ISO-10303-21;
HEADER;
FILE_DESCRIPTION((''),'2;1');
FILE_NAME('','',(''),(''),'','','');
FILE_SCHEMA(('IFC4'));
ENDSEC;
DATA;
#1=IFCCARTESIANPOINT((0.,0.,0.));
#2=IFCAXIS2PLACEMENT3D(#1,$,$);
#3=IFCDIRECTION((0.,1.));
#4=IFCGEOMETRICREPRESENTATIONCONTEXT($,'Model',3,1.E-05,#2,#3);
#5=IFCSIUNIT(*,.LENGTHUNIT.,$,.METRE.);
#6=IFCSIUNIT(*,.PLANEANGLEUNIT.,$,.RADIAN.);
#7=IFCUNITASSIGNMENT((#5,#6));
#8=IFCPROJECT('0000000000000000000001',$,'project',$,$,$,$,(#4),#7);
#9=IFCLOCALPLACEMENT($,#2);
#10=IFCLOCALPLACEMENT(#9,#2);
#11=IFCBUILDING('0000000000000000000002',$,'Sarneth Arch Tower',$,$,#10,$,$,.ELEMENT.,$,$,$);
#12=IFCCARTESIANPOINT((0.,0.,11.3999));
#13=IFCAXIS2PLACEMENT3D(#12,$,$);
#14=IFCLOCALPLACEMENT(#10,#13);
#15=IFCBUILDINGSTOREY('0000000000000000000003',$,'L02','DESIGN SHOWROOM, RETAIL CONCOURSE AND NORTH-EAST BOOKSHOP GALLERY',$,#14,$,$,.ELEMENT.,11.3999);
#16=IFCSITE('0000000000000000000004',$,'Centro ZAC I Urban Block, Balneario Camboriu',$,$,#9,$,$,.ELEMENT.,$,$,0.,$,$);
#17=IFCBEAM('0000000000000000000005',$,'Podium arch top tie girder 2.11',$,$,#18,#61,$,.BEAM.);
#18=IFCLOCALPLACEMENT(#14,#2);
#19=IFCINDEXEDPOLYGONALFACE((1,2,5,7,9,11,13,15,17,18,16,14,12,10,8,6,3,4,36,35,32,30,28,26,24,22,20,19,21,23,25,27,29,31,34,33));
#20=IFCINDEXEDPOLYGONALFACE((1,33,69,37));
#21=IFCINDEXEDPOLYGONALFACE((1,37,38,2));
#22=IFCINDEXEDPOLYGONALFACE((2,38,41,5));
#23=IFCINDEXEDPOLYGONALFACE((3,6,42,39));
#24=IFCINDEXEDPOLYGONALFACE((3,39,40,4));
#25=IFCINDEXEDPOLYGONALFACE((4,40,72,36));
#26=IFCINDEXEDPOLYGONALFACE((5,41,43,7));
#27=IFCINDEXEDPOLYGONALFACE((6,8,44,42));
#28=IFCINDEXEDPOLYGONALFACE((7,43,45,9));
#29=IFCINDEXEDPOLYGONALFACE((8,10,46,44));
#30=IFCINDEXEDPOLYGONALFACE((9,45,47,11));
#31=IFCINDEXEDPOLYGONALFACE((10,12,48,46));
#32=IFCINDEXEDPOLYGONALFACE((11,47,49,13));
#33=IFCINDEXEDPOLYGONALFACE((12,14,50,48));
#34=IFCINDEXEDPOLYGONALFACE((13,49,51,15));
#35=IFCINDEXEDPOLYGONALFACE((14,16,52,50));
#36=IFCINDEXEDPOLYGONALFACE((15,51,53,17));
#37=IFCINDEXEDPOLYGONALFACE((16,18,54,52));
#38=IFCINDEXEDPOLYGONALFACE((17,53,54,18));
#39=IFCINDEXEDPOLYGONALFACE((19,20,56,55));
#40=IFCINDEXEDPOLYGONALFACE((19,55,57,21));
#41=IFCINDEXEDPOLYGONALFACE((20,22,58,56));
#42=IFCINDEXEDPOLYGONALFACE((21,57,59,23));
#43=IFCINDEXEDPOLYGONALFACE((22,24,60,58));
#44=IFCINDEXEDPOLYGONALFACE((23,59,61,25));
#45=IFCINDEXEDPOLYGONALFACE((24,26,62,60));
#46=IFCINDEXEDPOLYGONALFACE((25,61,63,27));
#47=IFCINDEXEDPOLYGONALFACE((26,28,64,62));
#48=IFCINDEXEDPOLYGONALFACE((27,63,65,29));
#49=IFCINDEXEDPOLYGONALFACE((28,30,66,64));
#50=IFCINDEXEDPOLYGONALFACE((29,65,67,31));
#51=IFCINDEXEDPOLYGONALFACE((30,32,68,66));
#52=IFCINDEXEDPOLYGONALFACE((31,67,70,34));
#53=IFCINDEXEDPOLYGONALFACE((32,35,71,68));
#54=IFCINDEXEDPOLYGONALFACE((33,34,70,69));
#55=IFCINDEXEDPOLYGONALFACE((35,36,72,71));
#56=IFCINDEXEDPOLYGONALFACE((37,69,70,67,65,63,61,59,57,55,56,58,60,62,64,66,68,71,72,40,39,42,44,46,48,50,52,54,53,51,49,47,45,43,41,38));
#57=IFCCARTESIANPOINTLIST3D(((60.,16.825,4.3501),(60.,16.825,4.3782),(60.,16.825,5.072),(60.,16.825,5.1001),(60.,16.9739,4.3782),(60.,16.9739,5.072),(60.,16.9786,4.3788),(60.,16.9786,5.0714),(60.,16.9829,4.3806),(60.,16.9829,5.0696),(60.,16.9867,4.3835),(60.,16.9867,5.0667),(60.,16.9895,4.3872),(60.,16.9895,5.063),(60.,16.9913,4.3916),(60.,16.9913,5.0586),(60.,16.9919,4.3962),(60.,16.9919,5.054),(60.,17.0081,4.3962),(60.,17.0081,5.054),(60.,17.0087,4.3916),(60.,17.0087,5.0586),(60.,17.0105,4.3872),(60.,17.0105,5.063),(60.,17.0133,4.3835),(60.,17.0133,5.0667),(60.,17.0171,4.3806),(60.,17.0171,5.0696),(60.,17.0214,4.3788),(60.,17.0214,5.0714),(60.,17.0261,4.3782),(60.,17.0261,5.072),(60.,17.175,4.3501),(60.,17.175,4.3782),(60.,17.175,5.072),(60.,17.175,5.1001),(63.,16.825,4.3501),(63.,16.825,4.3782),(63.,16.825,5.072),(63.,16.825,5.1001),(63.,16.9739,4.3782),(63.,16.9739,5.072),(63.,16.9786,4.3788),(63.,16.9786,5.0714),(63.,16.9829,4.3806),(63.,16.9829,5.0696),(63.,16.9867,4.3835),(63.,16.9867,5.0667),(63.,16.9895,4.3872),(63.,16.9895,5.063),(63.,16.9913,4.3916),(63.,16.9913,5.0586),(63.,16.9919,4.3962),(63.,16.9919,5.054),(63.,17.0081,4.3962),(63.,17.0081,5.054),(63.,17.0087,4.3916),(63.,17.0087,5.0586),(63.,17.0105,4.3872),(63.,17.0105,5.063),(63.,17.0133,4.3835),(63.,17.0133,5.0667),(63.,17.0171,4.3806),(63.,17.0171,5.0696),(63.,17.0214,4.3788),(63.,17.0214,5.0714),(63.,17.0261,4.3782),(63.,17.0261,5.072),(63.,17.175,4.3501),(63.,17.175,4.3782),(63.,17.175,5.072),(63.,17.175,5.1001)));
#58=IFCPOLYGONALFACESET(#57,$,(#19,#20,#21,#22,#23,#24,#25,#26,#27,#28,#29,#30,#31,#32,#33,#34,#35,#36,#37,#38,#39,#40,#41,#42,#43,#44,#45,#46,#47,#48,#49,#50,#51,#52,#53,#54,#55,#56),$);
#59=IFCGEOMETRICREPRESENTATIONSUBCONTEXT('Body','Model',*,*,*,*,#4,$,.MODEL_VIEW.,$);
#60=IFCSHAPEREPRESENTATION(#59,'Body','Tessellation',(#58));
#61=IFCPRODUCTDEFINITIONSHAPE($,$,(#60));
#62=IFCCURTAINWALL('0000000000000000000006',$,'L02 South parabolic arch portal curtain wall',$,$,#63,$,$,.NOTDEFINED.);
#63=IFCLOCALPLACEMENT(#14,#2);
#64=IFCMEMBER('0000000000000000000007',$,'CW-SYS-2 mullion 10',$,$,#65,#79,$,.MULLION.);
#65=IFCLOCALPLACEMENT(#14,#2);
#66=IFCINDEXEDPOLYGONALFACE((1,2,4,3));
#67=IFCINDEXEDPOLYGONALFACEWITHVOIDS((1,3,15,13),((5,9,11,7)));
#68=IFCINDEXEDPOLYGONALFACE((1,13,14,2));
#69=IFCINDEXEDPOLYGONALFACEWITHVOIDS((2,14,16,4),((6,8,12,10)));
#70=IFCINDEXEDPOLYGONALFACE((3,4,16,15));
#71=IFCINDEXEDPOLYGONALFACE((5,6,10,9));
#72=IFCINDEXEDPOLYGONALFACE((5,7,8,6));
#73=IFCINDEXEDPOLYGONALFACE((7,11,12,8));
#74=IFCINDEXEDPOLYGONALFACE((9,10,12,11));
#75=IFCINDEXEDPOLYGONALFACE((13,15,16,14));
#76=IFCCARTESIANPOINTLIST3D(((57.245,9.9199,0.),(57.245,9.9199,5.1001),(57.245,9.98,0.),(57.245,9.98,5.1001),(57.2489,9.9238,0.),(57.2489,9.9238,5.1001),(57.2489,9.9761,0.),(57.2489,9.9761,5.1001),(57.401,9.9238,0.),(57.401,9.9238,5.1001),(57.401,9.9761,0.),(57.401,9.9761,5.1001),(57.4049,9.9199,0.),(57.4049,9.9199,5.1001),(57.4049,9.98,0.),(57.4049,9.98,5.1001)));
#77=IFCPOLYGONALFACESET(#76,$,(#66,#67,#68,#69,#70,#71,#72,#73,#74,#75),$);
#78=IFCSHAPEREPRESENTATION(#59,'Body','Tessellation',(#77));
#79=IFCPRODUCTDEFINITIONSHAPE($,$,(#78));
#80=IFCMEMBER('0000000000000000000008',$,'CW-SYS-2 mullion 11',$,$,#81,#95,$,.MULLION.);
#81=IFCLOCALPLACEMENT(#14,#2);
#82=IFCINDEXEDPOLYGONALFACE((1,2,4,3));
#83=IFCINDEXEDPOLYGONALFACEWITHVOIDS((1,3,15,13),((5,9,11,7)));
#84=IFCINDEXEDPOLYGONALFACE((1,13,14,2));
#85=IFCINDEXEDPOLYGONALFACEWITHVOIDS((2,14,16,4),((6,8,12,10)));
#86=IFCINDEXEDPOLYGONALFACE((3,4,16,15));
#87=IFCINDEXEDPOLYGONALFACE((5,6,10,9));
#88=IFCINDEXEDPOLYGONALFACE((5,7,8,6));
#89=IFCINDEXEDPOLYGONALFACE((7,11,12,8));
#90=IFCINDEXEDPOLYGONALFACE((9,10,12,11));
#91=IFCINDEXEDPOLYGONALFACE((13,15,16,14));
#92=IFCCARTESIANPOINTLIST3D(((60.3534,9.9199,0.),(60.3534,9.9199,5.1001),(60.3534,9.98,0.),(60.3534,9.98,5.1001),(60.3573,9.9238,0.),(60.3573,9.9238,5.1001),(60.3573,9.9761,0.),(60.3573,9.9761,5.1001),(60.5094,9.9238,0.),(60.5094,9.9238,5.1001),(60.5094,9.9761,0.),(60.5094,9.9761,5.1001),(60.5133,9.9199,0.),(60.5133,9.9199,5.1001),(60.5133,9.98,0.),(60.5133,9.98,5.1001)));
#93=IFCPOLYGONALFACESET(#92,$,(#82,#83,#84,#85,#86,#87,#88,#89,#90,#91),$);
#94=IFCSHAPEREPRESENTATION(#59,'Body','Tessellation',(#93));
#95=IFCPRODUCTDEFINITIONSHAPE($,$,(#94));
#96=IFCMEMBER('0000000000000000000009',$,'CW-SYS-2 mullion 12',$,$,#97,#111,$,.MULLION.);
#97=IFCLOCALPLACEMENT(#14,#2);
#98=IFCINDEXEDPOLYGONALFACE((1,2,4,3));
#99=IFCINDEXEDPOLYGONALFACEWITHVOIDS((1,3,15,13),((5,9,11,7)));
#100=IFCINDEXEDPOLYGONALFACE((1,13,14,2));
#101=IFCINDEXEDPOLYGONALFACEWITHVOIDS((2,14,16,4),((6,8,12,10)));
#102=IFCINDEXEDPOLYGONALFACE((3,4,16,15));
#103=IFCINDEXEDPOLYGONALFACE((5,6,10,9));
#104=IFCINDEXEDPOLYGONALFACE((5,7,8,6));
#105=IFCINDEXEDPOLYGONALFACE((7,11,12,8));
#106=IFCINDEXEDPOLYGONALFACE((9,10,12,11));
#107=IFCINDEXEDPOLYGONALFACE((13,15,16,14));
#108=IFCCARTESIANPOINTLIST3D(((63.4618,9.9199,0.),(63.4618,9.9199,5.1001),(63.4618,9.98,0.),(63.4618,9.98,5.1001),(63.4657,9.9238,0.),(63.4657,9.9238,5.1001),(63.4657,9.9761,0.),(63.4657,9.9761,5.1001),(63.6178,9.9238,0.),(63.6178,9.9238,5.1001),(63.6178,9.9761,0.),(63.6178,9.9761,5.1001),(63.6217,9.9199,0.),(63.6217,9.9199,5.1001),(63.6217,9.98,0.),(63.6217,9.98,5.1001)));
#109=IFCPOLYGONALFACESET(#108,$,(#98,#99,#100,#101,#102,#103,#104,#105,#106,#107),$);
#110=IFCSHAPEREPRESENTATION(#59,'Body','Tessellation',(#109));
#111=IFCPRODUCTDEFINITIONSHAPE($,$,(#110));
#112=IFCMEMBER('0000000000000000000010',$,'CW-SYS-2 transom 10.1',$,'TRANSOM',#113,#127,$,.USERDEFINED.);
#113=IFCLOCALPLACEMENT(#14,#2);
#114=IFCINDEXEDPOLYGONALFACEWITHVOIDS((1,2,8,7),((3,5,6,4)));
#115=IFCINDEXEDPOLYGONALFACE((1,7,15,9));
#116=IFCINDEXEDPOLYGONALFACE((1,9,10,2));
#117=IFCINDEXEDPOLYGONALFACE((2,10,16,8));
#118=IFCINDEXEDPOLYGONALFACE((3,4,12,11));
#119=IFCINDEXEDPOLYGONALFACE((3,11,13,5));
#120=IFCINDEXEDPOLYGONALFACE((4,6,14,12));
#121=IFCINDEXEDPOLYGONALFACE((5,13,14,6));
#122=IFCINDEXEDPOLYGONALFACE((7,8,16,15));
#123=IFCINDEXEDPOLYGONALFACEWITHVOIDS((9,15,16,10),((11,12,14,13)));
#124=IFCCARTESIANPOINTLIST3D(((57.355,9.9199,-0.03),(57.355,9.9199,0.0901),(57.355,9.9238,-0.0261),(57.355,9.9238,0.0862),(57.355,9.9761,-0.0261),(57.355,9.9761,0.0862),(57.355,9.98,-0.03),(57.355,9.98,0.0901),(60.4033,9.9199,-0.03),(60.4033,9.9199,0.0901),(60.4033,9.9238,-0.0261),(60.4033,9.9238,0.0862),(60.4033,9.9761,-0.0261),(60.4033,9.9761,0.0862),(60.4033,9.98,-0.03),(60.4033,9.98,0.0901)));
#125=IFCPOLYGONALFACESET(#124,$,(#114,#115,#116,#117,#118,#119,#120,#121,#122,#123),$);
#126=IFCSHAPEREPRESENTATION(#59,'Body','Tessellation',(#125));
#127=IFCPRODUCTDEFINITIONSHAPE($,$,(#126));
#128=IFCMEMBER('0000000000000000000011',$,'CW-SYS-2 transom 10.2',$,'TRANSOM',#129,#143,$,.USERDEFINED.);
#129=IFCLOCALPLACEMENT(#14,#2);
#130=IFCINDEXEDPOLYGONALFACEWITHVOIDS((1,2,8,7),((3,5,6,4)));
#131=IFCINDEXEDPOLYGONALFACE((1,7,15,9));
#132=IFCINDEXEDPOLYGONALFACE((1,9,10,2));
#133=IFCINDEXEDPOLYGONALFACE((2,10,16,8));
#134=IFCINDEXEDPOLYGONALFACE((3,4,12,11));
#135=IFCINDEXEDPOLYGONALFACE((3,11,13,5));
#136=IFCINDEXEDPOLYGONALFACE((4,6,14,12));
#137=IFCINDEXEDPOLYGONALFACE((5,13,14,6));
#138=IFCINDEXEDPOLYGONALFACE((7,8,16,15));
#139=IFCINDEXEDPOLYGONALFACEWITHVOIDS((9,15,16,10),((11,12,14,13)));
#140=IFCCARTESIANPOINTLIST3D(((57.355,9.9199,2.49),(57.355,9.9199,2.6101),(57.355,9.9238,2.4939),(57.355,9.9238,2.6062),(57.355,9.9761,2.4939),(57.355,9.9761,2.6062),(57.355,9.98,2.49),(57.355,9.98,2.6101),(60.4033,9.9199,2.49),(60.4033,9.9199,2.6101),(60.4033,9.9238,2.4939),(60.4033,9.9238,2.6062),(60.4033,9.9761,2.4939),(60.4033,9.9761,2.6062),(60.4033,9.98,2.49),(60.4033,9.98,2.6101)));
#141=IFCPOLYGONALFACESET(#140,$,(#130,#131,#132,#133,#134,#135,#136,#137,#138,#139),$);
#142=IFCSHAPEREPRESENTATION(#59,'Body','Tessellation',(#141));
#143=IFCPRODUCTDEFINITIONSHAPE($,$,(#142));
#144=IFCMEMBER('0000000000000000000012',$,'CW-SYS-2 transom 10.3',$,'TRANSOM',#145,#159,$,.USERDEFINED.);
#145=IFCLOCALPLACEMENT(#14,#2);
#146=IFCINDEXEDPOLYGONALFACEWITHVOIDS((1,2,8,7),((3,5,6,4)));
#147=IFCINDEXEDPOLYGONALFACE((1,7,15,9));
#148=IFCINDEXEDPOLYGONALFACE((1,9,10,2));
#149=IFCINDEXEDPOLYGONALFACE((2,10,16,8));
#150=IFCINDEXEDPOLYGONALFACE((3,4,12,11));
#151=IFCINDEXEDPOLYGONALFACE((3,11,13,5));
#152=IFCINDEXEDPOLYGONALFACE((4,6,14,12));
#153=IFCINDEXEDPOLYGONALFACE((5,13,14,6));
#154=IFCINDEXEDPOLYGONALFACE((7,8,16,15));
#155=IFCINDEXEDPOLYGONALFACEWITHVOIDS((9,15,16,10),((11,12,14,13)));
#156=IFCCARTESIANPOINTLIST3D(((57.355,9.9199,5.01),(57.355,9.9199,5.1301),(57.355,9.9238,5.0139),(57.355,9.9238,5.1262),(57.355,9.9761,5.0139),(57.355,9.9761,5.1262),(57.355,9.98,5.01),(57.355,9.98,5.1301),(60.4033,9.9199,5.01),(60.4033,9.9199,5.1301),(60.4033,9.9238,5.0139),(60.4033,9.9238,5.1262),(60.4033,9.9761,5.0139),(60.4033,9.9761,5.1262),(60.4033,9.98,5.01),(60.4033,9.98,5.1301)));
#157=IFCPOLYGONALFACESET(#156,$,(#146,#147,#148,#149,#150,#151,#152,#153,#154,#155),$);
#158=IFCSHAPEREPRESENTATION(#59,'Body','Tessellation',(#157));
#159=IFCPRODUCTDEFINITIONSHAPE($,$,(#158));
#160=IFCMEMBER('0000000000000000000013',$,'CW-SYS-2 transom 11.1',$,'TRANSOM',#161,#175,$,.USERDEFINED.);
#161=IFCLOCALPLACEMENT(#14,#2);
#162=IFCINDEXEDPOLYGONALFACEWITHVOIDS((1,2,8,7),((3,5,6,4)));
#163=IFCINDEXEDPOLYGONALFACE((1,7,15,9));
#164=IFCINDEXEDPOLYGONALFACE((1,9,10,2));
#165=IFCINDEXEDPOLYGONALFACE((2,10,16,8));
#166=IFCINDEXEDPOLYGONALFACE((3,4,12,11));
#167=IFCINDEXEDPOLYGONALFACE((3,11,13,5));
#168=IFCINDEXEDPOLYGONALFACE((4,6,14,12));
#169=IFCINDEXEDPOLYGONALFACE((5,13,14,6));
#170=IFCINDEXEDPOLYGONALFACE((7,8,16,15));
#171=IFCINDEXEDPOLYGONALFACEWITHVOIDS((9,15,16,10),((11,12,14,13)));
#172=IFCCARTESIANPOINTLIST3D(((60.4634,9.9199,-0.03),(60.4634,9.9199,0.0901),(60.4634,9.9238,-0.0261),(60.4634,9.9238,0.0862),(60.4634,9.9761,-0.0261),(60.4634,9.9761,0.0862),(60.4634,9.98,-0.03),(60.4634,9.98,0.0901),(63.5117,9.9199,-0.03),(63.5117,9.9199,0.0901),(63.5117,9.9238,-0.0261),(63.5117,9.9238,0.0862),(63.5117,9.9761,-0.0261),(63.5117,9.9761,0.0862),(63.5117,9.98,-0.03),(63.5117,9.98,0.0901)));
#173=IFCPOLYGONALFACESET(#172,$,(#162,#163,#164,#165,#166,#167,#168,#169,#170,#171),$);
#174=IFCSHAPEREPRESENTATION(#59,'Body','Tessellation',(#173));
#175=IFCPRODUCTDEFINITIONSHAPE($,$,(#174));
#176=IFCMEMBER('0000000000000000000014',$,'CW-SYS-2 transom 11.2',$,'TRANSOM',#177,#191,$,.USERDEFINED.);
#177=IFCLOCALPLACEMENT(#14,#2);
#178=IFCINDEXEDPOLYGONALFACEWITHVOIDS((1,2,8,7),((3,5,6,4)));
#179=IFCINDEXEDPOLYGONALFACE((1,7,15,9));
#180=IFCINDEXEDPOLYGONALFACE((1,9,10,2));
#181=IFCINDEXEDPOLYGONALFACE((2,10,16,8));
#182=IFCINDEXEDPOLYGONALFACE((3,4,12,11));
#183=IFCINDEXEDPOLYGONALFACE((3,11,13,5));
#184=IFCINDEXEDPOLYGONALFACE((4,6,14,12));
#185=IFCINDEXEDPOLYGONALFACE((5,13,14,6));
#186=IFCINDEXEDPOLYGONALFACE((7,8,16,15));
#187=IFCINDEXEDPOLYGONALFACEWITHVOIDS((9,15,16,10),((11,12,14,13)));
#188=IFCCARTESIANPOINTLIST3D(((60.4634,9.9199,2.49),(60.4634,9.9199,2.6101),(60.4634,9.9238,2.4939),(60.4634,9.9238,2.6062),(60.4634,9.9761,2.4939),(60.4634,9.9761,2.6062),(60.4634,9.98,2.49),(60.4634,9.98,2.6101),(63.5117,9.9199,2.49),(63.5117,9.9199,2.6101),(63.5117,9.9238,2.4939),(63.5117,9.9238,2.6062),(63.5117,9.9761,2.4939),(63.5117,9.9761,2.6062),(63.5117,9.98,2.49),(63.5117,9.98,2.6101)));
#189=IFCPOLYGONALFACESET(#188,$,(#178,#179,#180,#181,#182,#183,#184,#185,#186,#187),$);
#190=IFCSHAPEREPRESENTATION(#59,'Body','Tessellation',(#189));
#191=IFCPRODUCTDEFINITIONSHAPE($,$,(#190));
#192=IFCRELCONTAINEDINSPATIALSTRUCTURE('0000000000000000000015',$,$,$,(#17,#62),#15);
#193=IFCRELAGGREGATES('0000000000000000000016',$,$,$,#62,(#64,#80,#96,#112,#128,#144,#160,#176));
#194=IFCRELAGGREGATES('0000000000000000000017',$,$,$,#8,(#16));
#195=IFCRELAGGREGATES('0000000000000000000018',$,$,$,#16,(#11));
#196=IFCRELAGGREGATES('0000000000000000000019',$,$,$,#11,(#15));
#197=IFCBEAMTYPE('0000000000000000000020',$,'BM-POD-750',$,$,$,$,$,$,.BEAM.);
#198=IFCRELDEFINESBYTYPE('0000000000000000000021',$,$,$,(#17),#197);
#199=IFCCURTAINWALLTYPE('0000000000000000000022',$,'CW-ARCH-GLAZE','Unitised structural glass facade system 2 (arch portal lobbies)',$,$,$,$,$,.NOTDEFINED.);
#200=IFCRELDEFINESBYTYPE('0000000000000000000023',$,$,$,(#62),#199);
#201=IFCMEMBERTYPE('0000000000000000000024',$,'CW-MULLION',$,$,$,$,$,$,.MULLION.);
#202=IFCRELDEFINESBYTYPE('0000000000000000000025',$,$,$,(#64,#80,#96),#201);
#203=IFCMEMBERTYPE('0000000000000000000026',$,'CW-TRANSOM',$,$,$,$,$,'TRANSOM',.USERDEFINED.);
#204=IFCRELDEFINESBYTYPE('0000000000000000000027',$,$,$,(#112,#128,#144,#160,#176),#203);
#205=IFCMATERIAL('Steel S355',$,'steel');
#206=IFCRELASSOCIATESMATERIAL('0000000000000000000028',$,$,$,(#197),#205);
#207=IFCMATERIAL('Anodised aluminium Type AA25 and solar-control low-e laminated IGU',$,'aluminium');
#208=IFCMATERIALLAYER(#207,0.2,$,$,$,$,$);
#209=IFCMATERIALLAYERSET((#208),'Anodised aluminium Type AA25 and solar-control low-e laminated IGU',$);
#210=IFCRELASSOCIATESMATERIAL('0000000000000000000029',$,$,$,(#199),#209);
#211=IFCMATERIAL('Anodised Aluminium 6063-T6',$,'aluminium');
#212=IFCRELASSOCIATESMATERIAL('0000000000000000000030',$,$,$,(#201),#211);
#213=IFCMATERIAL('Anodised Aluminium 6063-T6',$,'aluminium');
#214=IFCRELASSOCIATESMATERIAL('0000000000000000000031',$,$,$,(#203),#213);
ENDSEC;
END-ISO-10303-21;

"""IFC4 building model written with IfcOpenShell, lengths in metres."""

from ifc_helpers import new_model, si_unit, direction, frame, origin, origin_2d, place, context, subcontext, project, spatial, hollow_rectangle, i_section, extrude, material, layer, layer_set, material_profile, profile_set, type_object, element, aggregate, save


model = new_model("IFC4")

# Units and contexts
model_context = context("Model", 3, precision=1e-05, world=origin(), true_north=direction((0.0, 1.0)))
body_context = subcontext(model_context, "Body", "Model", "MODEL_VIEW")
ifc_project = project(units=[si_unit("LENGTHUNIT", "METRE"), si_unit("PLANEANGLEUNIT", "RADIAN")], contexts=[model_context])

# Site, building, storey
site_placement = place(None, origin())
site = spatial("IfcSite", under=ifc_project, at=site_placement, Name="Centro ZAC I Urban Block, Balneario Camboriu", CompositionType="ELEMENT", RefElevation=0.0)
building_placement = place(site_placement, origin())
building = spatial("IfcBuilding", under=site, at=building_placement, Name="Sarneth Arch Tower", CompositionType="ELEMENT")
storey_placement = place(building_placement, frame((0.0, 0.0, 11.3999)))
storey = spatial("IfcBuildingStorey", under=building, at=storey_placement, Name="L02", Description="DESIGN SHOWROOM, RETAIL CONCOURSE AND NORTH-EAST BOOKSHOP GALLERY", CompositionType="ELEMENT", Elevation=11.3999)

# Beam
ifc_material_1 = material(Name="Steel S355", Category="steel")
ifc_material_profile_1 = material_profile(ifc_material_1, i_section(OverallWidth=0.3501, OverallDepth=0.75, WebThickness=0.0161, FlangeThickness=0.0281, FilletRadius=0.0181, at=origin_2d()), Name="CVS750x268")
ifc_profile_set_1 = profile_set([ifc_material_profile_1], Name="Steel S355")
beam_type = type_object("IfcBeamType", Name="BM-POD-750", PredefinedType="BEAM", material=ifc_profile_set_1)
beam_placement = place(storey_placement, frame((60.0, 17.0, 4.7251), z_axis=(1.0, 0.0, 0.0), x_axis=(0.0, 1.0, 0.0)))
element("IfcBeam", 1, at=beam_placement, inside=storey, type_object=beam_type, Name="Podium arch top tie girder 2.11", PredefinedType="BEAM", context=body_context, shape_type="SweptSolid", body=[
    extrude(i_section(OverallWidth=0.3501, OverallDepth=0.75, WebThickness=0.0161, FlangeThickness=0.0281, FilletRadius=0.0181, at=origin_2d()), origin(), (0.0, 0.0, 1.0), 3.0),
])

# Curtain wall, members
ifc_material_2 = material(Name="Anodised aluminium Type AA25 and solar-control low-e laminated IGU", Category="aluminium")
ifc_layer_1 = layer(ifc_material_2, 0.2)
ifc_layer_set_1 = layer_set([ifc_layer_1], Name="Anodised aluminium Type AA25 and solar-control low-e laminated IGU")
curtain_wall_type = type_object("IfcCurtainWallType", Name="CW-ARCH-GLAZE", Description="Unitised structural glass facade system 2 (arch portal lobbies)", PredefinedType="NOTDEFINED", material=ifc_layer_set_1)
curtain_wall_placement = place(storey_placement, origin())
curtain_wall = element("IfcCurtainWall", 2, at=curtain_wall_placement, inside=storey, type_object=curtain_wall_type, Name="L02 South parabolic arch portal curtain wall", PredefinedType="NOTDEFINED")
ifc_material_3 = material(Name="Anodised Aluminium 6063-T6", Category="aluminium")
ifc_material_profile_2 = material_profile(ifc_material_3, hollow_rectangle(XDim=0.0601, YDim=0.1599, WallThickness=0.0039, at=origin_2d()), Name="AL-MULL-160x60x4")
ifc_profile_set_2 = profile_set([ifc_material_profile_2], Name="Anodised Aluminium 6063-T6")
member_type_1 = type_object("IfcMemberType", Name="CW-MULLION", PredefinedType="MULLION", material=ifc_profile_set_2)
member_1_placement = place(storey_placement, frame((57.325, 9.95, 0.0), z_axis=(0.0, 0.0, 1.0), x_axis=(0.0, 1.0, 0.0)))
member_1 = element("IfcMember", 3, at=member_1_placement, type_object=member_type_1, Name="CW-SYS-2 mullion 10", PredefinedType="MULLION", context=body_context, shape_type="SweptSolid", body=[
    extrude(hollow_rectangle(XDim=0.0601, YDim=0.1599, WallThickness=0.0039, at=origin_2d()), origin(), (0.0, 0.0, 1.0), 5.1001),
])
member_2_placement = place(storey_placement, frame((60.4333, 9.95, 0.0), z_axis=(0.0, 0.0, 1.0), x_axis=(0.0, 1.0, 0.0)))
member_2 = element("IfcMember", 4, at=member_2_placement, type_object=member_type_1, Name="CW-SYS-2 mullion 11", PredefinedType="MULLION", context=body_context, shape_type="SweptSolid", body=[
    extrude(hollow_rectangle(XDim=0.0601, YDim=0.1599, WallThickness=0.0039, at=origin_2d()), origin(), (0.0, 0.0, 1.0), 5.1001),
])
member_3_placement = place(storey_placement, frame((63.5417, 9.95, 0.0), z_axis=(0.0, 0.0, 1.0), x_axis=(0.0, 1.0, 0.0)))
member_3 = element("IfcMember", 5, at=member_3_placement, type_object=member_type_1, Name="CW-SYS-2 mullion 12", PredefinedType="MULLION", context=body_context, shape_type="SweptSolid", body=[
    extrude(hollow_rectangle(XDim=0.0601, YDim=0.1599, WallThickness=0.0039, at=origin_2d()), origin(), (0.0, 0.0, 1.0), 5.1001),
])
ifc_material_4 = material(Name="Anodised Aluminium 6063-T6", Category="aluminium")
ifc_material_profile_3 = material_profile(ifc_material_4, hollow_rectangle(XDim=0.0601, YDim=0.1201, WallThickness=0.0039, at=origin_2d()), Name="AL-TRAN-120x60x4")
ifc_profile_set_3 = profile_set([ifc_material_profile_3], Name="Anodised Aluminium 6063-T6")
member_type_2 = type_object("IfcMemberType", Name="CW-TRANSOM", ElementType="TRANSOM", PredefinedType="USERDEFINED", material=ifc_profile_set_3)
member_4_placement = place(storey_placement, frame((57.355, 9.95, 0.03), z_axis=(1.0, 0.0, 0.0), x_axis=(0.0, 1.0, 0.0)))
member_4 = element("IfcMember", 6, at=member_4_placement, type_object=member_type_2, Name="CW-SYS-2 transom 10.1", ObjectType="TRANSOM", PredefinedType="USERDEFINED", context=body_context, shape_type="SweptSolid", body=[
    extrude(hollow_rectangle(XDim=0.0601, YDim=0.1201, WallThickness=0.0039, at=origin_2d()), origin(), (0.0, 0.0, 1.0), 3.0483),
])
member_5_placement = place(storey_placement, frame((57.355, 9.95, 2.55), z_axis=(1.0, 0.0, 0.0), x_axis=(0.0, 1.0, 0.0)))
member_5 = element("IfcMember", 7, at=member_5_placement, type_object=member_type_2, Name="CW-SYS-2 transom 10.2", ObjectType="TRANSOM", PredefinedType="USERDEFINED", context=body_context, shape_type="SweptSolid", body=[
    extrude(hollow_rectangle(XDim=0.0601, YDim=0.1201, WallThickness=0.0039, at=origin_2d()), origin(), (0.0, 0.0, 1.0), 3.0483),
])
member_6_placement = place(storey_placement, frame((57.355, 9.95, 5.0701), z_axis=(1.0, 0.0, 0.0), x_axis=(0.0, 1.0, 0.0)))
member_6 = element("IfcMember", 8, at=member_6_placement, type_object=member_type_2, Name="CW-SYS-2 transom 10.3", ObjectType="TRANSOM", PredefinedType="USERDEFINED", context=body_context, shape_type="SweptSolid", body=[
    extrude(hollow_rectangle(XDim=0.0601, YDim=0.1201, WallThickness=0.0039, at=origin_2d()), origin(), (0.0, 0.0, 1.0), 3.0483),
])
member_7_placement = place(storey_placement, frame((60.4634, 9.95, 0.03), z_axis=(1.0, 0.0, 0.0), x_axis=(0.0, 1.0, 0.0)))
member_7 = element("IfcMember", 9, at=member_7_placement, type_object=member_type_2, Name="CW-SYS-2 transom 11.1", ObjectType="TRANSOM", PredefinedType="USERDEFINED", context=body_context, shape_type="SweptSolid", body=[
    extrude(hollow_rectangle(XDim=0.0601, YDim=0.1201, WallThickness=0.0039, at=origin_2d()), origin(), (0.0, 0.0, 1.0), 3.0483),
])
member_8_placement = place(storey_placement, frame((60.4634, 9.95, 2.55), z_axis=(1.0, 0.0, 0.0), x_axis=(0.0, 1.0, 0.0)))
member_8 = element("IfcMember", 10, at=member_8_placement, type_object=member_type_2, Name="CW-SYS-2 transom 11.2", ObjectType="TRANSOM", PredefinedType="USERDEFINED", context=body_context, shape_type="SweptSolid", body=[
    extrude(hollow_rectangle(XDim=0.0601, YDim=0.1201, WallThickness=0.0039, at=origin_2d()), origin(), (0.0, 0.0, 1.0), 3.0483),
])

aggregate(curtain_wall, [member_1, member_2, member_3, member_4, member_5, member_6, member_7, member_8])

save(model, "model.ifc")
